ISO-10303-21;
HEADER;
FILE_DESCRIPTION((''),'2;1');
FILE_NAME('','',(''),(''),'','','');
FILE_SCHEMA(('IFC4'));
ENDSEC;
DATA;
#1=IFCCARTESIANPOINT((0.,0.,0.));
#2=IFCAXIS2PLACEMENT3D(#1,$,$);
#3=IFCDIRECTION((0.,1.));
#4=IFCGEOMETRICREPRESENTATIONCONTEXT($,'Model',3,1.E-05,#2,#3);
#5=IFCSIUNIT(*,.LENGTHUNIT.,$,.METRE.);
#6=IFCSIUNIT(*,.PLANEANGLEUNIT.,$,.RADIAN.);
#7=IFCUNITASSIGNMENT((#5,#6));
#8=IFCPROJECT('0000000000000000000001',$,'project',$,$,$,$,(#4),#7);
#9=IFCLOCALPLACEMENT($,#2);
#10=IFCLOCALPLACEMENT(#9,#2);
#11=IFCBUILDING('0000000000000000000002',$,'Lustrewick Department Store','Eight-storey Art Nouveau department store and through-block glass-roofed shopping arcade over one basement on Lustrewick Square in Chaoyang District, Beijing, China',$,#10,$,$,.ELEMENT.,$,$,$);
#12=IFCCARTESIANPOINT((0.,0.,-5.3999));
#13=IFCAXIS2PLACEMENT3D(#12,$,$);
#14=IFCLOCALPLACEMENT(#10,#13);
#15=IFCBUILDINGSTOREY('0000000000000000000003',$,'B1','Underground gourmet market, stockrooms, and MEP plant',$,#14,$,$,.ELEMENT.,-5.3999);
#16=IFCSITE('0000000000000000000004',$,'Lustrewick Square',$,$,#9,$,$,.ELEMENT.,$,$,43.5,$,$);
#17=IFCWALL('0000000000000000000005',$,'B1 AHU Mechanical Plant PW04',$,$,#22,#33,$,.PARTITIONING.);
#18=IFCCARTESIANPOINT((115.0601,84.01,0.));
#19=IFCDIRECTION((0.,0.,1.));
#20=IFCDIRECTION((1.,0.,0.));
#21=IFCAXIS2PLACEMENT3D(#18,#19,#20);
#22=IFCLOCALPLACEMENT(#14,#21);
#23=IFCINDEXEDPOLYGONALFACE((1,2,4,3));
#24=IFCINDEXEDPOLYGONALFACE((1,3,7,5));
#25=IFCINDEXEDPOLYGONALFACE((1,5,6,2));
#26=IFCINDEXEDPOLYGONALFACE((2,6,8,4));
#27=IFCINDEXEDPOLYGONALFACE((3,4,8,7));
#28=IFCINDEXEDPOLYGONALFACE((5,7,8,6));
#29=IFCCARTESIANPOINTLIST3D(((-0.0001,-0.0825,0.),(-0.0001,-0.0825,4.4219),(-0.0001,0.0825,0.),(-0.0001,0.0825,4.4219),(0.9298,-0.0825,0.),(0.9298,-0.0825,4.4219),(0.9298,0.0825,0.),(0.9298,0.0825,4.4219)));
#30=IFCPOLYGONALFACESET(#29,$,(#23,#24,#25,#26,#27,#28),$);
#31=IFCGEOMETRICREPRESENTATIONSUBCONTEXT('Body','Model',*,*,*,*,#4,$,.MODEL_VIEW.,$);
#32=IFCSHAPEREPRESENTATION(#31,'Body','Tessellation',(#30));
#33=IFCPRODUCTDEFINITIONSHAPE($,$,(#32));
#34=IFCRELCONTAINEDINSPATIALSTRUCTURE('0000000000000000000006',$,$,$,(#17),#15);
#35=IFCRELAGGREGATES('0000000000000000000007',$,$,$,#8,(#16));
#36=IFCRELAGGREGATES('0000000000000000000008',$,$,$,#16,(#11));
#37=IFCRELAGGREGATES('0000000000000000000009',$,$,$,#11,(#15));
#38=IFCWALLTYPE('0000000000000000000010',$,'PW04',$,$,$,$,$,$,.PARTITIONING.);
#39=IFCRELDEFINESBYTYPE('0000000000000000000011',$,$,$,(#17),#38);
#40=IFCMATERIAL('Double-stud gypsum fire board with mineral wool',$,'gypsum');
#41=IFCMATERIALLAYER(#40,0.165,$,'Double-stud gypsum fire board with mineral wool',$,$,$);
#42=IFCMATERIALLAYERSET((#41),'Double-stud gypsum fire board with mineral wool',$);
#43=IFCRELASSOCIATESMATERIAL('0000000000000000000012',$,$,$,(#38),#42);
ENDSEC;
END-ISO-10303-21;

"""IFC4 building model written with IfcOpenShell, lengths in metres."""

from ifc_helpers import new_model, si_unit, direction, frame, frame_2d, origin, place, context, subcontext, project, spatial, rectangle, extrude, material, layer, layer_set, type_object, element, save


model = new_model("IFC4")

# Units and contexts
model_context = context("Model", 3, precision=1e-05, world=origin(), true_north=direction((0.0, 1.0)))
body_context = subcontext(model_context, "Body", "Model", "MODEL_VIEW")
ifc_project = project(units=[si_unit("LENGTHUNIT", "METRE"), si_unit("PLANEANGLEUNIT", "RADIAN")], contexts=[model_context])

# Site, building, storey
site_placement = place(None, origin())
site = spatial("IfcSite", under=ifc_project, at=site_placement, Name="Lustrewick Square", CompositionType="ELEMENT", RefElevation=43.5)
building_placement = place(site_placement, origin())
building = spatial("IfcBuilding", under=site, at=building_placement, Name="Lustrewick Department Store", Description="Eight-storey Art Nouveau department store and through-block glass-roofed shopping arcade over one basement on Lustrewick Square in Chaoyang District, Beijing, China", CompositionType="ELEMENT")
storey_placement = place(building_placement, frame((0.0, 0.0, -5.3999)))
storey = spatial("IfcBuildingStorey", under=building, at=storey_placement, Name="B1", Description="Underground gourmet market, stockrooms, and MEP plant", CompositionType="ELEMENT", Elevation=-5.3999)

# Wall
ifc_material_1 = material(Name="Double-stud gypsum fire board with mineral wool", Category="gypsum")
ifc_layer = layer(ifc_material_1, 0.165, Name="Double-stud gypsum fire board with mineral wool")
ifc_layer_set = layer_set([ifc_layer], Name="Double-stud gypsum fire board with mineral wool")
wall_type = type_object("IfcWallType", Name="PW04", PredefinedType="PARTITIONING", material=ifc_layer_set)
wall_1_placement = place(storey_placement, frame((115.0601, 84.01, 0.0), z_axis=(0.0, 0.0, 1.0), x_axis=(1.0, 0.0, 0.0)))
element("IfcWall", 1, at=wall_1_placement, inside=storey, type_object=wall_type, Name="B1 AHU Mechanical Plant PW04", PredefinedType="PARTITIONING", context=body_context, shape_type="SweptSolid", body=[
    extrude(rectangle(XDim=0.9299, YDim=0.165, at=frame_2d((0.4648, 0.0))), origin(), (0.0, 0.0, 1.0), 4.4219),
])

save(model, "model.ifc")
